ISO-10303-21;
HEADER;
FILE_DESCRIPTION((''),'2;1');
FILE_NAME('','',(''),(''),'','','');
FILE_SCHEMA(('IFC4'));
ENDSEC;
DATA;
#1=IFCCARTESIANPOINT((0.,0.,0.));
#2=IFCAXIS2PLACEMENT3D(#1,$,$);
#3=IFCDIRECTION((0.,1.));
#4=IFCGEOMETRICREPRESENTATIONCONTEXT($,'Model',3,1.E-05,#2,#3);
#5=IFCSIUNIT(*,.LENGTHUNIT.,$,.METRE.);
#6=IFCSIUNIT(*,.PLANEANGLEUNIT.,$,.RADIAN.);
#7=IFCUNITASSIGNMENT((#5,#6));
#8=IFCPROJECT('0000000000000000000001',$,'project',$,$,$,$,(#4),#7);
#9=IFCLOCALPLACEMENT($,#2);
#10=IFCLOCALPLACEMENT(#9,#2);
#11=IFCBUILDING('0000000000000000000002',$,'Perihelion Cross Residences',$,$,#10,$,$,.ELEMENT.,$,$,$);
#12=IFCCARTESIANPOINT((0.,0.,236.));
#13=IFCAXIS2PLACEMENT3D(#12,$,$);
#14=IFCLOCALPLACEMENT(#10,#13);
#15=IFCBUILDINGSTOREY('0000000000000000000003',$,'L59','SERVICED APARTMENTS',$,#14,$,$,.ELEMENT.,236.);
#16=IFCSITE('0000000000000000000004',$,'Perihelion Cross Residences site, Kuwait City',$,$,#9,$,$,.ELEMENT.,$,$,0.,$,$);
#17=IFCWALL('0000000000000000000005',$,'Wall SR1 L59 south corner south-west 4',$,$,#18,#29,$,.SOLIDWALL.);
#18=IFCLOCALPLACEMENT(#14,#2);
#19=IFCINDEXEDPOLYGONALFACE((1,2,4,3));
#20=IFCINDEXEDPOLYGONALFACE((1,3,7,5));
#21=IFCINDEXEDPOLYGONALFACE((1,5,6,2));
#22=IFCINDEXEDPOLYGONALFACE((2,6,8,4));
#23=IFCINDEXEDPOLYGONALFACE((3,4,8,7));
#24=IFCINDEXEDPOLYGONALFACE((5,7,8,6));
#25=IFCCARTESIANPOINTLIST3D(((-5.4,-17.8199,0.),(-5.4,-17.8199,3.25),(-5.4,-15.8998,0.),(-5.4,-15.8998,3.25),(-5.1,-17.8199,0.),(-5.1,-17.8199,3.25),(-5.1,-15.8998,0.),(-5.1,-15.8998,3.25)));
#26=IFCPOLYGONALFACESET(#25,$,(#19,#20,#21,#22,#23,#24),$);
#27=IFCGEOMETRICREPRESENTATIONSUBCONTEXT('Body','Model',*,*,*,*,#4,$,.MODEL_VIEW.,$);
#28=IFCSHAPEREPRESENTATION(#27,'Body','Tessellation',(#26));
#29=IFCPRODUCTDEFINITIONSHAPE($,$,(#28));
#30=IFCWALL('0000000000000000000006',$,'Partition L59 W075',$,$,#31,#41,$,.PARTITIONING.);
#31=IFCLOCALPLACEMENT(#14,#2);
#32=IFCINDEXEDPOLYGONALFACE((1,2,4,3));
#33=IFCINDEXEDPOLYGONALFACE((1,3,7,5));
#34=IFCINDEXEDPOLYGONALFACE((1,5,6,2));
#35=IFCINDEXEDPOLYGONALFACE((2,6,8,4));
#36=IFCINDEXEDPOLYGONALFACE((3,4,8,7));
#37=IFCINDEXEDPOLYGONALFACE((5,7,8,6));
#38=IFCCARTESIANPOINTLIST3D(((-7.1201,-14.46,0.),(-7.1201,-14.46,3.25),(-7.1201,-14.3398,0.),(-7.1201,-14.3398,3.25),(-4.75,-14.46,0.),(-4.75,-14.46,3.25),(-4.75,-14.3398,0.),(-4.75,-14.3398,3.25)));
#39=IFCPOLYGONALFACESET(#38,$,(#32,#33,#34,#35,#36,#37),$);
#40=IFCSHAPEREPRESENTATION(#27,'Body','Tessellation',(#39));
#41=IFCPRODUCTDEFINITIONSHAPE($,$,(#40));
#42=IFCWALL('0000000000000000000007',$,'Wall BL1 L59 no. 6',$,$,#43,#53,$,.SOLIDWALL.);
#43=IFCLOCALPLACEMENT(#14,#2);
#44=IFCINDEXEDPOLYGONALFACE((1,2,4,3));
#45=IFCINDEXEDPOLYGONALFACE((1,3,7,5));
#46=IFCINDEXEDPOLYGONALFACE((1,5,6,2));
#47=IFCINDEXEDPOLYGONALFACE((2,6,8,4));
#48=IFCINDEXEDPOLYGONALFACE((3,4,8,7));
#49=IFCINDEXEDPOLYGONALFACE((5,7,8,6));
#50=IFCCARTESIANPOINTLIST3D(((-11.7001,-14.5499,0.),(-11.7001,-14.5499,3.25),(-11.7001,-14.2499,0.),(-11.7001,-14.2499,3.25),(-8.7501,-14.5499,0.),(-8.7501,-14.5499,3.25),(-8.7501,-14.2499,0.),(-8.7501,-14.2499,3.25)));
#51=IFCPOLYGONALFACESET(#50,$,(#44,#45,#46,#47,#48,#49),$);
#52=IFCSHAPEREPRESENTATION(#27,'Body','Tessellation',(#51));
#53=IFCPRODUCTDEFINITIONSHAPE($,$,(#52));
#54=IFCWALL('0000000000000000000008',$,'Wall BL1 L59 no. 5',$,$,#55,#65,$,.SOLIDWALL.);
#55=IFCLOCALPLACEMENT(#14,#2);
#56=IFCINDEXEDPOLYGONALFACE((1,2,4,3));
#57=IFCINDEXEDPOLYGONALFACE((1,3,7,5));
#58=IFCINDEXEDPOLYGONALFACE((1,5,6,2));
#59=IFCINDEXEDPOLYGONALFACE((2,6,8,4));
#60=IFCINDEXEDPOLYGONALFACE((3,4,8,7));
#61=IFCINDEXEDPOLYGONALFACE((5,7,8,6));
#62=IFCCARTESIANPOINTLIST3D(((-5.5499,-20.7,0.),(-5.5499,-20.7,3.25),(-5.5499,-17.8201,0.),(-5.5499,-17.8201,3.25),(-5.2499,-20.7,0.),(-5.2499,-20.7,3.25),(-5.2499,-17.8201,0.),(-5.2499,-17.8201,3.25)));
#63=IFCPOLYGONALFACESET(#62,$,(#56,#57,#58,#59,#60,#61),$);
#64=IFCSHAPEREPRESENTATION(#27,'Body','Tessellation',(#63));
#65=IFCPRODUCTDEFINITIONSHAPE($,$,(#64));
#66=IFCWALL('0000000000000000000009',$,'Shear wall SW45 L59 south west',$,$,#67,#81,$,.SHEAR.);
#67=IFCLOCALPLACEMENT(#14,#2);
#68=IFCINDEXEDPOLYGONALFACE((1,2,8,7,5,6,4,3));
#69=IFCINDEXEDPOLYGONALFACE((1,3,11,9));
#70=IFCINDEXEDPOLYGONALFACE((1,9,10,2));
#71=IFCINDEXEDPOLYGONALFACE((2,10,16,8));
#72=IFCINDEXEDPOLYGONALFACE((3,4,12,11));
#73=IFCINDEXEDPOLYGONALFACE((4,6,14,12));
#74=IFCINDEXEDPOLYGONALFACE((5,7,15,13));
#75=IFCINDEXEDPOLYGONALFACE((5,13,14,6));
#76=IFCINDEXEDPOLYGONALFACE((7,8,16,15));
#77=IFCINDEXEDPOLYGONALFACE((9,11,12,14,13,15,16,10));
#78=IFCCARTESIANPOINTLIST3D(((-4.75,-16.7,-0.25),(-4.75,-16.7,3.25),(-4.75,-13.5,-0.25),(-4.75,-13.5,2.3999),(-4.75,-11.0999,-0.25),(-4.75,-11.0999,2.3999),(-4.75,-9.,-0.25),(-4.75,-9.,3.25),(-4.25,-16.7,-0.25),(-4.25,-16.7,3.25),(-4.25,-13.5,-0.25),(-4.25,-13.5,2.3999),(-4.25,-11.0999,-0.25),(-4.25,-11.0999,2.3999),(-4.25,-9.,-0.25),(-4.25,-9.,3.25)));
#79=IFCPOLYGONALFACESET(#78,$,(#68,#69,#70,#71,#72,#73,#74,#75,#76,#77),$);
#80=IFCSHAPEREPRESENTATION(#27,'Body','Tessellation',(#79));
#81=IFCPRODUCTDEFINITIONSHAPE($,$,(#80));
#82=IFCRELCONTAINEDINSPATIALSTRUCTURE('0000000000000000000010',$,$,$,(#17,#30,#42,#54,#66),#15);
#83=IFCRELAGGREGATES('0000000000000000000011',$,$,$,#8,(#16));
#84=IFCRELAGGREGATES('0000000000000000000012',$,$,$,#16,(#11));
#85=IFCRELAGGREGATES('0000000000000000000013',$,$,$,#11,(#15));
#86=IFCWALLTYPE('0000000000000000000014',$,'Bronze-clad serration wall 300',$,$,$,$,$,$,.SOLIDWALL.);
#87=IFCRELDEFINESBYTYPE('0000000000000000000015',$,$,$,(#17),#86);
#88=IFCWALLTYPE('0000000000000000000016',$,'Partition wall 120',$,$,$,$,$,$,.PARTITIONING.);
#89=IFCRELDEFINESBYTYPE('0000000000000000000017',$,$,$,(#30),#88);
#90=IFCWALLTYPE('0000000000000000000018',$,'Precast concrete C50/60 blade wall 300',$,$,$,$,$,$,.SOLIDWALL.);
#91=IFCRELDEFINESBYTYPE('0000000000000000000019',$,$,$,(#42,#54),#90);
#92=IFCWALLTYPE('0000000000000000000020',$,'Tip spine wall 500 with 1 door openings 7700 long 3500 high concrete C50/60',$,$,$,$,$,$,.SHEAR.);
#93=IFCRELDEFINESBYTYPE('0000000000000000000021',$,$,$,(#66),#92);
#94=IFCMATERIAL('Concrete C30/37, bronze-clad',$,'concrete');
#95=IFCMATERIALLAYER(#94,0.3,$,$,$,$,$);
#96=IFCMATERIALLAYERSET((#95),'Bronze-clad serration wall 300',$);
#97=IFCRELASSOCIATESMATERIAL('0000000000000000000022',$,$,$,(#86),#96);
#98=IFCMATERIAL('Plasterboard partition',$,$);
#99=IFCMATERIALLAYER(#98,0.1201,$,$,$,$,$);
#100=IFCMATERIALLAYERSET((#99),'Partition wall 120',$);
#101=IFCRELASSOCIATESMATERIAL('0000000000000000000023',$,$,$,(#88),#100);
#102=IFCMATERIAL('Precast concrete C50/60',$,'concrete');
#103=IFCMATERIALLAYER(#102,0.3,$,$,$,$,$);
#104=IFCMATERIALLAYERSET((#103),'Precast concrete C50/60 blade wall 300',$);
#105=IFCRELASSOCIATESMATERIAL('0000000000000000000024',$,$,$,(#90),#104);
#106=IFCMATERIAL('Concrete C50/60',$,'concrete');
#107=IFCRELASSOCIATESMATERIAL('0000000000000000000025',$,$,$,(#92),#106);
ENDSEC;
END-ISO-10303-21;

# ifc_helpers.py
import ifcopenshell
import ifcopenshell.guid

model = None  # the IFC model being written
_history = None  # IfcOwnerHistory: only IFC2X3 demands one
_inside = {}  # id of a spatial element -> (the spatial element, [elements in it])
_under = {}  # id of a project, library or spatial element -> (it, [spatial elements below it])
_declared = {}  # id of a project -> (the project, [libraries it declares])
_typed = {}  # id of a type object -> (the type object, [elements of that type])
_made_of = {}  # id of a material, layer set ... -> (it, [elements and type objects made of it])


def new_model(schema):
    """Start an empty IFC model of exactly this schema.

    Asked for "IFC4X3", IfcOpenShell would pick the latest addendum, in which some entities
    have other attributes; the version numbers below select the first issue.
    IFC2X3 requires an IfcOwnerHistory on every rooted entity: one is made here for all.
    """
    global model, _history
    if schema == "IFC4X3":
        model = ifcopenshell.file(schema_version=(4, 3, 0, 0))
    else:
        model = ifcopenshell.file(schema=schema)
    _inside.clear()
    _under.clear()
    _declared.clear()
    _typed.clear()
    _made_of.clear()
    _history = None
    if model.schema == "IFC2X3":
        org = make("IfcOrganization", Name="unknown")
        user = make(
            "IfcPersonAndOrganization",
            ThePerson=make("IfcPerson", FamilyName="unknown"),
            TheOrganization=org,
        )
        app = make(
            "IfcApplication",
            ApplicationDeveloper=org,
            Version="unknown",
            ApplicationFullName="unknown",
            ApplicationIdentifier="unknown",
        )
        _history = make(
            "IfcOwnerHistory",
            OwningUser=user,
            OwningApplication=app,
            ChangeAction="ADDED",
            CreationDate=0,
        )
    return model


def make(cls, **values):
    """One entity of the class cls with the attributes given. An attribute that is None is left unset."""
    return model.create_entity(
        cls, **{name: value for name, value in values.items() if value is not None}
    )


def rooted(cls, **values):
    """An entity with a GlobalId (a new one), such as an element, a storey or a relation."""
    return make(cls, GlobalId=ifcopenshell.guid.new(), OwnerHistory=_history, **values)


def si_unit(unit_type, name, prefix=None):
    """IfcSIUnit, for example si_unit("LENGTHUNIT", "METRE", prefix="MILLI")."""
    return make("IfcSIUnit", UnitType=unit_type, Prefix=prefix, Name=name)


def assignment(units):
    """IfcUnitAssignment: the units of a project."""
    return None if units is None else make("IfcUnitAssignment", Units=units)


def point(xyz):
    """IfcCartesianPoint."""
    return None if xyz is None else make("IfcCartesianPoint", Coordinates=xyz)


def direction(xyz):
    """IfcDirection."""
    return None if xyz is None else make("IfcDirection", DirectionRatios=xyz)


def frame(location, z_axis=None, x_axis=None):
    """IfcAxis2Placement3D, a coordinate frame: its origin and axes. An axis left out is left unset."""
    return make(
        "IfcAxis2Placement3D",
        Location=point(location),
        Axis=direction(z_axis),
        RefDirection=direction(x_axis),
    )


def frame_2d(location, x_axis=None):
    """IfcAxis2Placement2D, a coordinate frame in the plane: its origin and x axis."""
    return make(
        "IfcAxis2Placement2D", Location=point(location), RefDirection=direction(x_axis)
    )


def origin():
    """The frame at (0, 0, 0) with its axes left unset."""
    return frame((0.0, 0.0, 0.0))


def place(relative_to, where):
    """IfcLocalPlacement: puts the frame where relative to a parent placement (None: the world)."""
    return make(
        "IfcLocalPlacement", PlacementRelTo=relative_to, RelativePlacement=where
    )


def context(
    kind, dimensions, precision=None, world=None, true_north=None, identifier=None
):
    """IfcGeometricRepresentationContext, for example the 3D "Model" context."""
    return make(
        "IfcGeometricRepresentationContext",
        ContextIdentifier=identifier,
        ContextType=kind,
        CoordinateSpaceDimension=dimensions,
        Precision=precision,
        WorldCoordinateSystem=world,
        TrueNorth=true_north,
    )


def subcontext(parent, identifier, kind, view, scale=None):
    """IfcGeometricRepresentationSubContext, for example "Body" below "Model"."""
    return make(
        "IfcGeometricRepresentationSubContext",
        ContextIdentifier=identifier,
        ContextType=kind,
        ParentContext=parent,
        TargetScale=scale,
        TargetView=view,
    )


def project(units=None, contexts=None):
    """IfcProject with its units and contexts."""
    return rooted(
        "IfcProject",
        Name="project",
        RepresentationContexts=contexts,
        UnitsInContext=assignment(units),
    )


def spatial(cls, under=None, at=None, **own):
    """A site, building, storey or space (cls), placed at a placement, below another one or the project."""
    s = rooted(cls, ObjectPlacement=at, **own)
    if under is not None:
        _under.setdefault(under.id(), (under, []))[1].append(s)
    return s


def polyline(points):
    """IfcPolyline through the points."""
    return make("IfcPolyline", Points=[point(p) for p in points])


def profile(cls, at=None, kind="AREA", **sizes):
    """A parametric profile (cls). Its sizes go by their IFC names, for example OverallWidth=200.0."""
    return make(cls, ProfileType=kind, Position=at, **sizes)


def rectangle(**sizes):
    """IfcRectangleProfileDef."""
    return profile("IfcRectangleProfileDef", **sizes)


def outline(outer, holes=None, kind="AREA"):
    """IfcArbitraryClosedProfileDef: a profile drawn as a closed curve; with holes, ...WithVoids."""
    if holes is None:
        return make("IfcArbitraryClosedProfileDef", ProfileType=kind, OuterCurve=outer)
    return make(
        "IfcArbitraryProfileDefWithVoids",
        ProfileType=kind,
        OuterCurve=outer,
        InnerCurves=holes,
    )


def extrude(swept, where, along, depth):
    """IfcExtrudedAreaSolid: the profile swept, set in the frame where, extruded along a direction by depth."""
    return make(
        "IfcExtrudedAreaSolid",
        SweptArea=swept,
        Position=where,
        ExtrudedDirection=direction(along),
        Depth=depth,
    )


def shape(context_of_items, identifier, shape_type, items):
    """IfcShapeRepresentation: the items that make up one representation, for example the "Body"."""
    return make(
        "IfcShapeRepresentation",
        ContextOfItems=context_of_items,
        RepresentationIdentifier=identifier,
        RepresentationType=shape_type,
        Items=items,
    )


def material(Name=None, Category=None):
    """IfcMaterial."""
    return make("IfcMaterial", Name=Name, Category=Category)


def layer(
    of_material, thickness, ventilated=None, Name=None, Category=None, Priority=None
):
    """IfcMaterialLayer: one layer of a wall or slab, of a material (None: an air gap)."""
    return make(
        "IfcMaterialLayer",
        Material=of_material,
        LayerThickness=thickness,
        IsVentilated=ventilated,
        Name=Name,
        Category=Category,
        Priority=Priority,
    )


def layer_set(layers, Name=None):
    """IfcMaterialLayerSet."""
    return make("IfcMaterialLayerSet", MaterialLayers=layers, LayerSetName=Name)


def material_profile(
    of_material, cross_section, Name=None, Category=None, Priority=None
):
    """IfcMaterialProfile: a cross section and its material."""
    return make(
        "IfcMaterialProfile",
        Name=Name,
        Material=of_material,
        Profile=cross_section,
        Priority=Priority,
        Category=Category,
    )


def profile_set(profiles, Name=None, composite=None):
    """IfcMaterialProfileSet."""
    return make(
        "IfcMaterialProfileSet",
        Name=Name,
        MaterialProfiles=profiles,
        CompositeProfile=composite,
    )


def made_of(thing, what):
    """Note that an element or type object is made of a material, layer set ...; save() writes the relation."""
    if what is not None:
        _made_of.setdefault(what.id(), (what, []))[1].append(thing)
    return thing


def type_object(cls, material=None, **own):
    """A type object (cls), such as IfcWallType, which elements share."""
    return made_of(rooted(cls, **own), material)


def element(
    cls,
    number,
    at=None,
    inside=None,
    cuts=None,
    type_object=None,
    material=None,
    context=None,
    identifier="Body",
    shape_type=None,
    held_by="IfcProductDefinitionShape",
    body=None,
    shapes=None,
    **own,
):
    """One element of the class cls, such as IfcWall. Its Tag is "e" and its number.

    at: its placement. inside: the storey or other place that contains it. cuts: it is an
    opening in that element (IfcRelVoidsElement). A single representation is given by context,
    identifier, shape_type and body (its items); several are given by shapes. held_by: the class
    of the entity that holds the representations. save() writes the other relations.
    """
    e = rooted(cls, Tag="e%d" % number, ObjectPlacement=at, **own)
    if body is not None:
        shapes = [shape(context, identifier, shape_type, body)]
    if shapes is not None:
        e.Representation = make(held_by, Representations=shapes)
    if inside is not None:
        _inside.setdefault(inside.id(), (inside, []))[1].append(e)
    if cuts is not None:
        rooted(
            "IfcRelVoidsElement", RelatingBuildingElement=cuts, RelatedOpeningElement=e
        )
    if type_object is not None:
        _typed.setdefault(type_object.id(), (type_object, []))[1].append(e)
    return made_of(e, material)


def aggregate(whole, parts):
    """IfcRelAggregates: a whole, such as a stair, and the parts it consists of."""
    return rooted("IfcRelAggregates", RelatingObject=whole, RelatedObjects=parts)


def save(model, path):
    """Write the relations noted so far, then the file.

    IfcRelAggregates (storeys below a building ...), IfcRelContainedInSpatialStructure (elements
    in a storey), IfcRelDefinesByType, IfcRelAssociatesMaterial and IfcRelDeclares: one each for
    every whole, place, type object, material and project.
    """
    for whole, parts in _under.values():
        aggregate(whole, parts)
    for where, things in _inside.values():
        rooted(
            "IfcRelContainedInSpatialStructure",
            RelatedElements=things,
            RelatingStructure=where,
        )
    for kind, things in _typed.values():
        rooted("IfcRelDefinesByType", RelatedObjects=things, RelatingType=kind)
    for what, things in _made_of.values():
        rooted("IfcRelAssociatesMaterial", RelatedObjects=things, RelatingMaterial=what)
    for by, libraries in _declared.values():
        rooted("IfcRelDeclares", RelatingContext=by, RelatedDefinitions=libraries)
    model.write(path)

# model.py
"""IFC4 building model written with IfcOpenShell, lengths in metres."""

from ifc_helpers import new_model, si_unit, direction, frame, frame_2d, origin, place, context, subcontext, project, spatial, polyline, rectangle, outline, extrude, material, layer, layer_set, material_profile, profile_set, type_object, element, save


model = new_model("IFC4")

# Units and contexts
model_context = context("Model", 3, precision=1e-05, world=origin(), true_north=direction((0.0, 1.0)))
body_context = subcontext(model_context, "Body", "Model", "MODEL_VIEW")
ifc_project = project(units=[si_unit("LENGTHUNIT", "METRE"), si_unit("PLANEANGLEUNIT", "RADIAN")], contexts=[model_context])

# Site, building, storey
site_placement = place(None, origin())
site = spatial("IfcSite", under=ifc_project, at=site_placement, Name="Perihelion Cross Residences site, Kuwait City", CompositionType="ELEMENT", RefElevation=0.0)
building_placement = place(site_placement, origin())
building = spatial("IfcBuilding", under=site, at=building_placement, Name="Perihelion Cross Residences", CompositionType="ELEMENT")
storey_placement = place(building_placement, frame((0.0, 0.0, 236.0)))
storey = spatial("IfcBuildingStorey", under=building, at=storey_placement, Name="L59", Description="SERVICED APARTMENTS", CompositionType="ELEMENT", Elevation=236.0)

# Walls
ifc_material_1 = material(Name="Concrete C30/37, bronze-clad", Category="concrete")
ifc_layer_1 = layer(ifc_material_1, 0.3)
ifc_layer_set_1 = layer_set([ifc_layer_1], Name="Bronze-clad serration wall 300")
wall_type_1 = type_object("IfcWallType", Name="Bronze-clad serration wall 300", PredefinedType="SOLIDWALL", material=ifc_layer_set_1)
wall_1_placement = place(storey_placement, frame((-5.25, -15.8999, 0.0), z_axis=(0.0, 0.0, 1.0), x_axis=(0.0, -1.0, 0.0)))
element("IfcWall", 1, at=wall_1_placement, inside=storey, type_object=wall_type_1, Name="Wall SR1 L59 south corner south-west 4", PredefinedType="SOLIDWALL", context=body_context, shape_type="SweptSolid", body=[
    extrude(rectangle(XDim=1.9202, YDim=0.3, at=frame_2d((0.96, 0.0))), origin(), (0.0, 0.0, 1.0), 3.25),
])
ifc_material_2 = material(Name="Plasterboard partition")
ifc_layer_2 = layer(ifc_material_2, 0.1201)
ifc_layer_set_2 = layer_set([ifc_layer_2], Name="Partition wall 120")
wall_type_2 = type_object("IfcWallType", Name="Partition wall 120", PredefinedType="PARTITIONING", material=ifc_layer_set_2)
wall_2_placement = place(storey_placement, frame((-4.75, -14.3999, 0.0), z_axis=(0.0, 0.0, 1.0), x_axis=(-1.0, 0.0, 0.0)))
element("IfcWall", 2, at=wall_2_placement, inside=storey, type_object=wall_type_2, Name="Partition L59 W075", PredefinedType="PARTITIONING", context=body_context, shape_type="SweptSolid", body=[
    extrude(rectangle(XDim=2.3701, YDim=0.1201, at=frame_2d((1.1851, 0.0))), origin(), (0.0, 0.0, 1.0), 3.25),
])
ifc_material_3 = material(Name="Precast concrete C50/60", Category="concrete")
ifc_layer_3 = layer(ifc_material_3, 0.3)
ifc_layer_set_3 = layer_set([ifc_layer_3], Name="Precast concrete C50/60 blade wall 300")
wall_type_3 = type_object("IfcWallType", Name="Precast concrete C50/60 blade wall 300", PredefinedType="SOLIDWALL", material=ifc_layer_set_3)
wall_3_placement = place(storey_placement, frame((-8.75, -14.3999, 0.0), z_axis=(0.0, 0.0, 1.0), x_axis=(-1.0, 0.0, 0.0)))
element("IfcWall", 3, at=wall_3_placement, inside=storey, type_object=wall_type_3, Name="Wall BL1 L59 no. 6", PredefinedType="SOLIDWALL", context=body_context, shape_type="SweptSolid", body=[
    extrude(rectangle(XDim=2.95, YDim=0.3, at=frame_2d((1.4751, 0.0))), origin(), (0.0, 0.0, 1.0), 3.25),
])
wall_4_placement = place(storey_placement, frame((-5.3999, -17.8201, 0.0), z_axis=(0.0, 0.0, 1.0), x_axis=(0.0, -1.0, 0.0)))
element("IfcWall", 4, at=wall_4_placement, inside=storey, type_object=wall_type_3, Name="Wall BL1 L59 no. 5", PredefinedType="SOLIDWALL", context=body_context, shape_type="SweptSolid", body=[
    extrude(rectangle(XDim=2.8799, YDim=0.3, at=frame_2d((1.4399, 0.0))), origin(), (0.0, 0.0, 1.0), 3.25),
])
ifc_material_4 = material(Name="Concrete C50/60", Category="concrete")
ifc_material_profile_1 = material_profile(ifc_material_4, outline(polyline([(0.0, 0.0), (3.2, 0.0), (3.2, 2.6499), (5.6001, 2.6499), (5.6001, 0.0), (7.7, 0.0), (7.7, 3.5), (0.0, 3.5), (0.0, 0.0)])), Name="Tip spine wall")
ifc_profile_set_1 = profile_set([ifc_material_profile_1], Name="Concrete C50/60")
wall_type_4 = type_object("IfcWallType", Name="Tip spine wall 500 with 1 door openings 7700 long 3500 high concrete C50/60", PredefinedType="SHEAR", material=ifc_profile_set_1)
wall_5_placement = place(storey_placement, frame((-4.75, -16.7, -0.25), z_axis=(1.0, 0.0, 0.0), x_axis=(0.0, 1.0, 0.0)))
element("IfcWall", 5, at=wall_5_placement, inside=storey, type_object=wall_type_4, Name="Shear wall SW45 L59 south west", PredefinedType="SHEAR", context=body_context, shape_type="SweptSolid", body=[
    extrude(outline(polyline([(0.0, 0.0), (3.2, 0.0), (3.2, 2.6499), (5.6001, 2.6499), (5.6001, 0.0), (7.7, 0.0), (7.7, 3.5), (0.0, 3.5), (0.0, 0.0)])), origin(), (0.0, 0.0, 1.0), 0.5),
])

save(model, "model.ifc")
